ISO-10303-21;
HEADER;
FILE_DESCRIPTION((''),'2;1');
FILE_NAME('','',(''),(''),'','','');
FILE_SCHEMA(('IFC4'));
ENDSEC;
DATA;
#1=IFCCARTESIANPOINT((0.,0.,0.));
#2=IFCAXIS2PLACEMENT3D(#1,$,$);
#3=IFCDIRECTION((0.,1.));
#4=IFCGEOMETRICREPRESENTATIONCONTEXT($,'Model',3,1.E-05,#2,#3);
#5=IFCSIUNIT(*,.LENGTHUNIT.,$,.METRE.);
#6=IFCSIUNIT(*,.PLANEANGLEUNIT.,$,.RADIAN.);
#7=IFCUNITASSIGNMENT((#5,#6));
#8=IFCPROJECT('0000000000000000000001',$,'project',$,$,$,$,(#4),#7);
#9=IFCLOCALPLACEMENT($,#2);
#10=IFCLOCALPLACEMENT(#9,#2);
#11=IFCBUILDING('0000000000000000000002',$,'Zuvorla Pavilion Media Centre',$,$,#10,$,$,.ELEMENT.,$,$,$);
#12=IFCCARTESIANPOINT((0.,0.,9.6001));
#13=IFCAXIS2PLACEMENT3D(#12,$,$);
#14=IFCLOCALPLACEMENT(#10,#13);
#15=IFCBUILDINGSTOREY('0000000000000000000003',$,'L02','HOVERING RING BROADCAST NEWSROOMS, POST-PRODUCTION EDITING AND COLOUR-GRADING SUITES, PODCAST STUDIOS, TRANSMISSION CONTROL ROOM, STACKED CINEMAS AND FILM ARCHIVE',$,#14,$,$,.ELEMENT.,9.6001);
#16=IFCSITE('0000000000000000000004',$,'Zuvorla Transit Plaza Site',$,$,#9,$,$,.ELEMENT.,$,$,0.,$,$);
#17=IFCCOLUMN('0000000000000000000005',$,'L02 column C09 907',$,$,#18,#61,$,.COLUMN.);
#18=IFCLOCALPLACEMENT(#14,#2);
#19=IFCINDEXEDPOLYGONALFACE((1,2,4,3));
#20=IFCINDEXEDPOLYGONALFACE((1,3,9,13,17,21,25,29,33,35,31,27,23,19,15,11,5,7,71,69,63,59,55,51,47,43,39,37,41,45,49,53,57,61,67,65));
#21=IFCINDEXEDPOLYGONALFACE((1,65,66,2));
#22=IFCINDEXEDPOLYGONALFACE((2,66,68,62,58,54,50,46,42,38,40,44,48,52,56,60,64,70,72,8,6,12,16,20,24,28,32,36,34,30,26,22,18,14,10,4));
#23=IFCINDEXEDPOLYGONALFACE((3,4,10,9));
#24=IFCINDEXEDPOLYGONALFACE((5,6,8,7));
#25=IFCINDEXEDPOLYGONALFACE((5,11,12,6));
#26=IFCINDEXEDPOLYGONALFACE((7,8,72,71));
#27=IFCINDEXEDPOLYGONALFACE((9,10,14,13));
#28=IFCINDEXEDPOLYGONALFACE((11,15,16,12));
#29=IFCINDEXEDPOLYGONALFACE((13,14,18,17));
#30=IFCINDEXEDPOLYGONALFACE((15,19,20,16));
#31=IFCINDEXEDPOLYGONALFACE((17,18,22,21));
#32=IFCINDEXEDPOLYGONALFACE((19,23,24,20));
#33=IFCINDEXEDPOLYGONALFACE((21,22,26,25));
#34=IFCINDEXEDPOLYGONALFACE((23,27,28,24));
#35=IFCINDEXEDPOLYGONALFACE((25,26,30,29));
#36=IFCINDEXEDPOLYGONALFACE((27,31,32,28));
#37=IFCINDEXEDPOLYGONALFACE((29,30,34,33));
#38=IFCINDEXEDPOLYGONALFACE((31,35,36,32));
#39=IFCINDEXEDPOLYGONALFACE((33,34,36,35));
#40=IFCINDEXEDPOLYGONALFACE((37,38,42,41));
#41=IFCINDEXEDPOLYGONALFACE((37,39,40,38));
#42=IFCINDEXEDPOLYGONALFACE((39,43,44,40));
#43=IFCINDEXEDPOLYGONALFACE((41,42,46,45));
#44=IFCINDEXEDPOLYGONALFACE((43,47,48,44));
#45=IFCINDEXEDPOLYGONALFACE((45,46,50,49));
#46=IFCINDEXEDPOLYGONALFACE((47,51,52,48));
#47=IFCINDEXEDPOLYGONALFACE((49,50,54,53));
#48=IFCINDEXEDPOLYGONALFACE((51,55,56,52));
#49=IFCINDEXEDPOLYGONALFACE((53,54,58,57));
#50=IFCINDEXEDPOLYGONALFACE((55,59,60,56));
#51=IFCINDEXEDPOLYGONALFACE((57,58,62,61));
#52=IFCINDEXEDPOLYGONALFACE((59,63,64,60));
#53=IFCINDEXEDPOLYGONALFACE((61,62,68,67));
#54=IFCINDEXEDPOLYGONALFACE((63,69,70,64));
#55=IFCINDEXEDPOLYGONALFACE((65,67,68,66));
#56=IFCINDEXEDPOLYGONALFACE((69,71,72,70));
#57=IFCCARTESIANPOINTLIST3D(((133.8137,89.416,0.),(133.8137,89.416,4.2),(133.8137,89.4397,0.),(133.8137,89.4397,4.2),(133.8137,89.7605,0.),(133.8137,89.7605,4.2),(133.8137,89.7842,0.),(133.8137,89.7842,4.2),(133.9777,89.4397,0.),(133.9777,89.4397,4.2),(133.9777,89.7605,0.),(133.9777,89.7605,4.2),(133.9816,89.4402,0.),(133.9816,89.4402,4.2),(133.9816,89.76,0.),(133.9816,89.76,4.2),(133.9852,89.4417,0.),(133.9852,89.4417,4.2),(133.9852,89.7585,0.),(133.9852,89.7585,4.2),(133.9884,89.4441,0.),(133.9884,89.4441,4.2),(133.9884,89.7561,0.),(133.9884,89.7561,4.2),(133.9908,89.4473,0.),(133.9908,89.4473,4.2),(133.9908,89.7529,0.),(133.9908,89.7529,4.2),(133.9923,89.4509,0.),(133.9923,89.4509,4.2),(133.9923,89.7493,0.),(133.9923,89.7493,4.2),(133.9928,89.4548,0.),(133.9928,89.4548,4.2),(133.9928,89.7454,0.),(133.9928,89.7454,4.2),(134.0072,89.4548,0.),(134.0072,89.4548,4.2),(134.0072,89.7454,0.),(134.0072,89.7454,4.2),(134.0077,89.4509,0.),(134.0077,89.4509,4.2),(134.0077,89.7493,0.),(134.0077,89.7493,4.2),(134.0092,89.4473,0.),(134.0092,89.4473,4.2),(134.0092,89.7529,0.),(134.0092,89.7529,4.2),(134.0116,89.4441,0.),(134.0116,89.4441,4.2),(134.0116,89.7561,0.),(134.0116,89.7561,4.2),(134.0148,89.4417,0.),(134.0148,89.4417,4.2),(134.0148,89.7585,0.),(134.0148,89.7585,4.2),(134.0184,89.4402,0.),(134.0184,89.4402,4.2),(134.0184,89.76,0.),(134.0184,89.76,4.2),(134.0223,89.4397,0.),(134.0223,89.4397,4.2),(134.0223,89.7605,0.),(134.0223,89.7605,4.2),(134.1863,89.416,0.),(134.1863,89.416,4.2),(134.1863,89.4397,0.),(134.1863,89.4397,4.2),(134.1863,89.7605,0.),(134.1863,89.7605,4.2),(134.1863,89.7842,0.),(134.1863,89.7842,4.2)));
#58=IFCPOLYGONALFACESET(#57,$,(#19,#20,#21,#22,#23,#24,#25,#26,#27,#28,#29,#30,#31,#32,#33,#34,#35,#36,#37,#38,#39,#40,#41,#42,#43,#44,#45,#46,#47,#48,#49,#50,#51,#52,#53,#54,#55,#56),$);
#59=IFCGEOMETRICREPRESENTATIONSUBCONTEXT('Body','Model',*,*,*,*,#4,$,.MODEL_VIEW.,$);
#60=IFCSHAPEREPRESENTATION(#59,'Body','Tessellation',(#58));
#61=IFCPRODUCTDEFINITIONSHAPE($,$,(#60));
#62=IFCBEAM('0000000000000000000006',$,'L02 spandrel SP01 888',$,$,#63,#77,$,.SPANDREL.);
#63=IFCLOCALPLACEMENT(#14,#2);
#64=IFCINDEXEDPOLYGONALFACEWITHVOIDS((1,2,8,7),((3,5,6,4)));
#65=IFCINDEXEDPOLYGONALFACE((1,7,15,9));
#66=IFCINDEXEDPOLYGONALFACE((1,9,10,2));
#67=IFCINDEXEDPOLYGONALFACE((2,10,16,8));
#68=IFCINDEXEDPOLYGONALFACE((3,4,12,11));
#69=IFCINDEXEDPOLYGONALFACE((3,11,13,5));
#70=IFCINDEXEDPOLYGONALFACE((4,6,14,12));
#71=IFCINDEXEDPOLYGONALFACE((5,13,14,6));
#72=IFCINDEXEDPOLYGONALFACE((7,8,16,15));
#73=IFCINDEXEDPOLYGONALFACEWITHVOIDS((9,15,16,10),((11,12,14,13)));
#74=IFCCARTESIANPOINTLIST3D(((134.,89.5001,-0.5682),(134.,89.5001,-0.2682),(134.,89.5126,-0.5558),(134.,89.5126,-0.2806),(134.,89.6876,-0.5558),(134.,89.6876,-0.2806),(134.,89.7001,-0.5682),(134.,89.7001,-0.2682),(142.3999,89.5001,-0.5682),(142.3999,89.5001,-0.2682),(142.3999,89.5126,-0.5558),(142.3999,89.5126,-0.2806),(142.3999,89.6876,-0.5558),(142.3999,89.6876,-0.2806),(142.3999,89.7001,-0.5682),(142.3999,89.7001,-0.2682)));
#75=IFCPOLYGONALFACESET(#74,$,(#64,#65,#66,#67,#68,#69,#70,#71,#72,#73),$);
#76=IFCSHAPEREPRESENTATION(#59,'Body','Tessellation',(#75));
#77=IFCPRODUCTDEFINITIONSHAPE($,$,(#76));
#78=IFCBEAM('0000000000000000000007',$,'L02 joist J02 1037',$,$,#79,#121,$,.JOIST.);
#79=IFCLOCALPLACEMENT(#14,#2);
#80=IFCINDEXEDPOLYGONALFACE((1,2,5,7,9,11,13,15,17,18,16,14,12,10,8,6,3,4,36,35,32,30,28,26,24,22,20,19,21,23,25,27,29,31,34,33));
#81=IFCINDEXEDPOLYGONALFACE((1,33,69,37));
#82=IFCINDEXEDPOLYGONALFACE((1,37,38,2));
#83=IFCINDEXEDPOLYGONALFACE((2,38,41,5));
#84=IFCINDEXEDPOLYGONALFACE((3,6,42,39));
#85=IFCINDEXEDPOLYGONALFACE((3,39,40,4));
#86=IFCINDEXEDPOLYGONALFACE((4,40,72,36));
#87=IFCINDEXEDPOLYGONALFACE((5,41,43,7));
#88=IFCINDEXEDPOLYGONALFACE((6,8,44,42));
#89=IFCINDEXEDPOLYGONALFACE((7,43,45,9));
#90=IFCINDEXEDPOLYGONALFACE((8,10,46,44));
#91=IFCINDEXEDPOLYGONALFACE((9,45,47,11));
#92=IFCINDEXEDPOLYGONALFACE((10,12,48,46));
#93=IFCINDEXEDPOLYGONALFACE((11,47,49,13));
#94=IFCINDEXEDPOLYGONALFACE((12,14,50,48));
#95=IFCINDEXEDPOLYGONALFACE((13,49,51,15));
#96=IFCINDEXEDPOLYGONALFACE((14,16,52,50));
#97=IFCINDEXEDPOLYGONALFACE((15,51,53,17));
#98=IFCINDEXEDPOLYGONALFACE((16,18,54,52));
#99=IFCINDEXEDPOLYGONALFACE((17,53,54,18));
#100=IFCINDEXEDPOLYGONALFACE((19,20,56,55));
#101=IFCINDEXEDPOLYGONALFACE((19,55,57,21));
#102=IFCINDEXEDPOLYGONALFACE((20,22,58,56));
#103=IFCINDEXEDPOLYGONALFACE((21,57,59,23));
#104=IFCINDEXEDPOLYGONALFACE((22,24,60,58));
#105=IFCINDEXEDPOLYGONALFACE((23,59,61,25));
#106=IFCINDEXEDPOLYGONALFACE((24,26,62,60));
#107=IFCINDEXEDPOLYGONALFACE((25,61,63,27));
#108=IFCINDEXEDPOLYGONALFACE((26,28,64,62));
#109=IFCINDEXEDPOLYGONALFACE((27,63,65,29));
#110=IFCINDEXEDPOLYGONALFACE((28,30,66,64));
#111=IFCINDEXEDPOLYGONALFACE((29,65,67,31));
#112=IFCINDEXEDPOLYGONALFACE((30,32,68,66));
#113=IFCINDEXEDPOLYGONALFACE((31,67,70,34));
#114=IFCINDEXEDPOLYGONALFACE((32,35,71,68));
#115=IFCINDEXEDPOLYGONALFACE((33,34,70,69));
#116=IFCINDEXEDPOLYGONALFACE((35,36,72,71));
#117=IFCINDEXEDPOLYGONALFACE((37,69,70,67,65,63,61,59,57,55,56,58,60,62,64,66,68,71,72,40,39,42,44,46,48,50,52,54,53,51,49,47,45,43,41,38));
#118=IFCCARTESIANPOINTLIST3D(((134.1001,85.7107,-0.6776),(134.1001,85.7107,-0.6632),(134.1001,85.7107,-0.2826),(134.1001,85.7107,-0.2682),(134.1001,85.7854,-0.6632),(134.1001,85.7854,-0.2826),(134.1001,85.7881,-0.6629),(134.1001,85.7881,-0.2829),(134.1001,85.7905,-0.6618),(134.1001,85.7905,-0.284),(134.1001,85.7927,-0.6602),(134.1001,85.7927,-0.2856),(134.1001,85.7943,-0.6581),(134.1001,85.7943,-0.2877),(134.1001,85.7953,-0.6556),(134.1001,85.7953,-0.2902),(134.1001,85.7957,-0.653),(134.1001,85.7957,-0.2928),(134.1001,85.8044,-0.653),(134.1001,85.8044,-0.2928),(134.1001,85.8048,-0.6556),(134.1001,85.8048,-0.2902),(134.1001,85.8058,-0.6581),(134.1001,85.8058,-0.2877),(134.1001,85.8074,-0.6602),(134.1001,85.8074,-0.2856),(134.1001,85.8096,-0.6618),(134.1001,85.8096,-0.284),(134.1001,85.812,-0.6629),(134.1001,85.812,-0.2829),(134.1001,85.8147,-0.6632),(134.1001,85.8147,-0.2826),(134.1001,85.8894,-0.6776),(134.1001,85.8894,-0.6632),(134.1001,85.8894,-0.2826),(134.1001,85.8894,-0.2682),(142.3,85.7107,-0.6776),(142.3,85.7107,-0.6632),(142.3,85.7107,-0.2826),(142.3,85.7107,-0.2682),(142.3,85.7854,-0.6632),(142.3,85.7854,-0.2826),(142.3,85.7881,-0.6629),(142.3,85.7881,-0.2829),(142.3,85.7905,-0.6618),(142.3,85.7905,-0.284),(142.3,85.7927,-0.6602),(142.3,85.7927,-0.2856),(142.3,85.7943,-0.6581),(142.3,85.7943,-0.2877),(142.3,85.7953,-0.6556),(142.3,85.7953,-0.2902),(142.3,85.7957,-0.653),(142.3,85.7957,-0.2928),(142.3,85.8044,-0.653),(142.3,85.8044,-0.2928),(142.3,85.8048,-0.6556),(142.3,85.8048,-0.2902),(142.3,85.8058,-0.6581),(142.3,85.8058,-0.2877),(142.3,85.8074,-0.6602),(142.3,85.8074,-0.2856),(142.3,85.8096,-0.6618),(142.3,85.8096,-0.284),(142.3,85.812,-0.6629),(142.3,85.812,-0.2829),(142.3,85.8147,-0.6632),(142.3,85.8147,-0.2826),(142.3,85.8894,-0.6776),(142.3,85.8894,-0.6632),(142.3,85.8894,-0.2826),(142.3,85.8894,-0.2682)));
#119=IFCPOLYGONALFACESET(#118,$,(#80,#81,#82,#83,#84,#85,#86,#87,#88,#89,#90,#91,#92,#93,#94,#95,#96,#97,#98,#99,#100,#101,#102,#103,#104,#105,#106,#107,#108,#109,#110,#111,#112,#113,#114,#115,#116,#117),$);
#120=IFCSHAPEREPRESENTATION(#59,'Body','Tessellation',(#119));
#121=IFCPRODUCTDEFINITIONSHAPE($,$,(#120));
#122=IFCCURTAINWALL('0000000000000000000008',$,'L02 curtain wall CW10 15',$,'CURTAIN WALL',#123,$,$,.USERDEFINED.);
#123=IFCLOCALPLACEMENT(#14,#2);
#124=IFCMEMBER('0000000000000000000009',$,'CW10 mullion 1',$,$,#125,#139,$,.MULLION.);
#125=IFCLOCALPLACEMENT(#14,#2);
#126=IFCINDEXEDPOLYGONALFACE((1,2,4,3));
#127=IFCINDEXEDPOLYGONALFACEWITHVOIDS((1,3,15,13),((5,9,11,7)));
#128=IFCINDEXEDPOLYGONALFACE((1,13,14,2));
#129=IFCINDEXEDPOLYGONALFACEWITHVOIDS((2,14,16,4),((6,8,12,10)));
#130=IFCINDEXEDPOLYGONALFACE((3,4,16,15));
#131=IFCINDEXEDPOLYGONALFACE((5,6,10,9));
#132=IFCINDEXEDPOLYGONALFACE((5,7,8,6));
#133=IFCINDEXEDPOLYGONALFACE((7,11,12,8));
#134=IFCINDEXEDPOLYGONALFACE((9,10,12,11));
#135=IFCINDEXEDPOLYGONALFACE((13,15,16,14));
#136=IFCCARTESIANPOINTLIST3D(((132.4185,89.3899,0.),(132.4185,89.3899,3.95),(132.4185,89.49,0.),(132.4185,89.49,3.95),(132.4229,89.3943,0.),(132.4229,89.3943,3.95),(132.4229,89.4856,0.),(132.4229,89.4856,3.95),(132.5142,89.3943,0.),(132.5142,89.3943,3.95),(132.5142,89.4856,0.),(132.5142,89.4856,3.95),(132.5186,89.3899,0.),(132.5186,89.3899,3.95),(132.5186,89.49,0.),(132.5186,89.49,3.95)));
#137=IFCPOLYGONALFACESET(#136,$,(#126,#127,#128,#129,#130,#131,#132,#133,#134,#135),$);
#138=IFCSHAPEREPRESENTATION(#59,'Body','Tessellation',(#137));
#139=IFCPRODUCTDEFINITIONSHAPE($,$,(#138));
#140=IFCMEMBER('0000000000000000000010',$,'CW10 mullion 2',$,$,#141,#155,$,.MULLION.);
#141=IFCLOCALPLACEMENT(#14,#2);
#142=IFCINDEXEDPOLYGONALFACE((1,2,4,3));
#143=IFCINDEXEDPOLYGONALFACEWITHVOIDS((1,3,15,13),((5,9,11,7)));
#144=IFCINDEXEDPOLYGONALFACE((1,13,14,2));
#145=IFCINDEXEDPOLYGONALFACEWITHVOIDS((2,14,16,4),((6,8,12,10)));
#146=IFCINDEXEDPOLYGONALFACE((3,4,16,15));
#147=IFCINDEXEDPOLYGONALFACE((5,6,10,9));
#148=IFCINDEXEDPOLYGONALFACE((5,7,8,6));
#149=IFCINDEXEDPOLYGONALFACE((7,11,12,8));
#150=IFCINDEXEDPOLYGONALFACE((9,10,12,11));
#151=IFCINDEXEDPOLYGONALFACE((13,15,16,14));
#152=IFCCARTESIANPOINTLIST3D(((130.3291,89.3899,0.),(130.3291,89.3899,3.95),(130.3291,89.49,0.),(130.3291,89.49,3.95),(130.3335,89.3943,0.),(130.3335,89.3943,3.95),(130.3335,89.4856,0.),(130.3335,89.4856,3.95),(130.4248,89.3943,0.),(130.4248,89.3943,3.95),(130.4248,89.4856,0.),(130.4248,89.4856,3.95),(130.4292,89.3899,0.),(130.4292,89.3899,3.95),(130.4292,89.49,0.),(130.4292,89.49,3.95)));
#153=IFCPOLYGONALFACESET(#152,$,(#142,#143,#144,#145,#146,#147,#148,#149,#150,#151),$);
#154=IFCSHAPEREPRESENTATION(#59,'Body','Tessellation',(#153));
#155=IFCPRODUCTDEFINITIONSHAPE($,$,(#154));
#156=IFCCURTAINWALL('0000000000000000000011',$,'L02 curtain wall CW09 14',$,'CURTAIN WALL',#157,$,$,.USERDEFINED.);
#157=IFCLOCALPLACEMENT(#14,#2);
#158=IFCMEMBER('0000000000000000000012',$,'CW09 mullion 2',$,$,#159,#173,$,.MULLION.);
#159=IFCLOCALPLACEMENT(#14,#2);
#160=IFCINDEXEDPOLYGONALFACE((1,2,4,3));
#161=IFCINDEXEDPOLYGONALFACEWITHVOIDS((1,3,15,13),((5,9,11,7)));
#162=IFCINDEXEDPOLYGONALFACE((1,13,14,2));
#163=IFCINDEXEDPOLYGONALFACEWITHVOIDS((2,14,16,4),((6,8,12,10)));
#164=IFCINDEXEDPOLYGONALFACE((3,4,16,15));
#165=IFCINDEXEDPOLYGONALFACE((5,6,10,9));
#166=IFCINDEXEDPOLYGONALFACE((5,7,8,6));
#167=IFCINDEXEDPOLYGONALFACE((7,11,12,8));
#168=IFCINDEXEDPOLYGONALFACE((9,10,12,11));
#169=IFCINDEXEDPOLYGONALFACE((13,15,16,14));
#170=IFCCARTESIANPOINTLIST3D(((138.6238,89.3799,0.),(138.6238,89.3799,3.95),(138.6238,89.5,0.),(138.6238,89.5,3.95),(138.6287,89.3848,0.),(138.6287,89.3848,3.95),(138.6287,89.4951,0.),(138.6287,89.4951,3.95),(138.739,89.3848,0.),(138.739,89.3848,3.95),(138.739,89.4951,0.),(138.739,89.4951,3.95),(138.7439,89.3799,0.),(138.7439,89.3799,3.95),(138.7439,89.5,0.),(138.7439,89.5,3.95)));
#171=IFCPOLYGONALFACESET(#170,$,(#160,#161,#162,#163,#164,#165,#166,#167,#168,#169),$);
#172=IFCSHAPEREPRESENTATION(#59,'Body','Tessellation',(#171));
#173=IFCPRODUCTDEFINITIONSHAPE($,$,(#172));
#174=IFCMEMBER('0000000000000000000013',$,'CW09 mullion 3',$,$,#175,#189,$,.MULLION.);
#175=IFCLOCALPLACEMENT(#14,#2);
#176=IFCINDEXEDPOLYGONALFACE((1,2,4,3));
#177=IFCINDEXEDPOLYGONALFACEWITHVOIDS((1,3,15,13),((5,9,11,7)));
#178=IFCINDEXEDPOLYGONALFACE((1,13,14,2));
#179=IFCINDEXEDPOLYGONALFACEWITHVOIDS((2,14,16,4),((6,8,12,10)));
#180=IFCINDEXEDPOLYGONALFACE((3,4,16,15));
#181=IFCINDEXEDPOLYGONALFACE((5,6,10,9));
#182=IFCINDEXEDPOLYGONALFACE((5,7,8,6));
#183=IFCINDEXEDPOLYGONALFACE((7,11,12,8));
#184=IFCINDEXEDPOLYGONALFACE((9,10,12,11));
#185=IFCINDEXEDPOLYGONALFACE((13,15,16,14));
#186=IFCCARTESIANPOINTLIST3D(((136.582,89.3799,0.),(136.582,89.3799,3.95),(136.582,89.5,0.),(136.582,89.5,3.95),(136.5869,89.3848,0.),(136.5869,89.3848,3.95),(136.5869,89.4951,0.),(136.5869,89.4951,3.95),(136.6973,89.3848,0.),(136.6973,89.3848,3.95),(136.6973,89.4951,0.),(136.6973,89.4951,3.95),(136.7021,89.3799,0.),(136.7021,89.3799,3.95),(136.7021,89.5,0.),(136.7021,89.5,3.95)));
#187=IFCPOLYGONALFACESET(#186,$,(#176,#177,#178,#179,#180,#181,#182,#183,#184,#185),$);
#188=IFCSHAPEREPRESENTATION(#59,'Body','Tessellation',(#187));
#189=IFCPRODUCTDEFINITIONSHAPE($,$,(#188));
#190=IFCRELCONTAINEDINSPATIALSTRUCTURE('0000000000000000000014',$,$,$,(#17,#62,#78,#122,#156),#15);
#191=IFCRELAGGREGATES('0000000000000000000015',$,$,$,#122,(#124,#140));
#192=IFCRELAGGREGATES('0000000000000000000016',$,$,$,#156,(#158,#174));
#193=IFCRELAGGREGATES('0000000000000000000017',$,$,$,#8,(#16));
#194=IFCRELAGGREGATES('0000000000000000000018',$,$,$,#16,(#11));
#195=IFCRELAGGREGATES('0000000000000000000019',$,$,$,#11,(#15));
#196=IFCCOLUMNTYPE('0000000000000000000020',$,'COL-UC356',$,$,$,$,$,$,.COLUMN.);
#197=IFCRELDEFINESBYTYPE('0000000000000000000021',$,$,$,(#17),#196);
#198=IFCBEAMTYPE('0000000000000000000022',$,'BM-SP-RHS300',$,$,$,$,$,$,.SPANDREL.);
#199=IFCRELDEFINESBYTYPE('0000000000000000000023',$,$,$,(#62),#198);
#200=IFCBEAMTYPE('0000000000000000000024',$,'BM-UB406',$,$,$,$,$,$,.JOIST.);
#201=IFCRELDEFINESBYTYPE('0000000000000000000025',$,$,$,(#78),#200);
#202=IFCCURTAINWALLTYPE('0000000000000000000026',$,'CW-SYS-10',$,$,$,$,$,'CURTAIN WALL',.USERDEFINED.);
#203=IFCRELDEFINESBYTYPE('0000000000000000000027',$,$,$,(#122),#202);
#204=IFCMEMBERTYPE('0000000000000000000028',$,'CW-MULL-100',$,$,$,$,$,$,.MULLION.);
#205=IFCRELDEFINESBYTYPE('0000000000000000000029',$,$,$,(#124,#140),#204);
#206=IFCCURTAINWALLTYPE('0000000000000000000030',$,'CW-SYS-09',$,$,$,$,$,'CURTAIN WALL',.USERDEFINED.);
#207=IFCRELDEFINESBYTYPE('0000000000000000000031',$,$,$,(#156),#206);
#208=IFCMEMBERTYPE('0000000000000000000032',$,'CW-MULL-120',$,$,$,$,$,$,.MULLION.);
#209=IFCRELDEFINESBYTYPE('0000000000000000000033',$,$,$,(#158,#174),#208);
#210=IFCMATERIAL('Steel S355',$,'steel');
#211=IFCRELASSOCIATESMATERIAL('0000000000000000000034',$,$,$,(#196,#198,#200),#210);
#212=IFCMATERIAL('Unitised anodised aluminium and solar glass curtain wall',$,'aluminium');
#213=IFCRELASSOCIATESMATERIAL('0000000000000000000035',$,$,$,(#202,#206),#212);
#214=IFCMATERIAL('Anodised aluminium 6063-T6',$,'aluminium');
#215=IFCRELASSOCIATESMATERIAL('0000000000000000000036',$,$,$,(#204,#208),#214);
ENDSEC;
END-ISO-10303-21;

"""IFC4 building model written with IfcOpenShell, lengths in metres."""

from ifc_helpers import new_model, si_unit, direction, frame, origin, origin_2d, place, context, subcontext, project, spatial, hollow_rectangle, i_section, extrude, material, material_profile, profile_set, type_object, element, aggregate, save


model = new_model("IFC4")

# Units and contexts
model_context = context("Model", 3, precision=1e-05, world=origin(), true_north=direction((0.0, 1.0)))
body_context = subcontext(model_context, "Body", "Model", "MODEL_VIEW")
ifc_project = project(units=[si_unit("LENGTHUNIT", "METRE"), si_unit("PLANEANGLEUNIT", "RADIAN")], contexts=[model_context])

# Site, building, storey
site_placement = place(None, origin())
site = spatial("IfcSite", under=ifc_project, at=site_placement, Name="Zuvorla Transit Plaza Site", CompositionType="ELEMENT", RefElevation=0.0)
building_placement = place(site_placement, origin())
building = spatial("IfcBuilding", under=site, at=building_placement, Name="Zuvorla Pavilion Media Centre", CompositionType="ELEMENT")
storey_placement = place(building_placement, frame((0.0, 0.0, 9.6001)))
storey = spatial("IfcBuildingStorey", under=building, at=storey_placement, Name="L02", Description="HOVERING RING BROADCAST NEWSROOMS, POST-PRODUCTION EDITING AND COLOUR-GRADING SUITES, PODCAST STUDIOS, TRANSMISSION CONTROL ROOM, STACKED CINEMAS AND FILM ARCHIVE", CompositionType="ELEMENT", Elevation=9.6001)

# Column
ifc_material_1 = material(Name="Steel S355", Category="steel")
ifc_material_profile_1 = material_profile(ifc_material_1, i_section(OverallWidth=0.3726, OverallDepth=0.3682, WebThickness=0.0144, FlangeThickness=0.0237, FilletRadius=0.0151, at=origin_2d()), Name="UC 356x368x177")
ifc_profile_set_1 = profile_set([ifc_material_profile_1], Name="Steel S355")
column_type = type_object("IfcColumnType", Name="COL-UC356", PredefinedType="COLUMN", material=ifc_profile_set_1)
column_placement = place(storey_placement, frame((134.0, 89.6001, 0.0), z_axis=(0.0, 0.0, 1.0), x_axis=(1.0, 0.0, 0.0)))
element("IfcColumn", 1, at=column_placement, inside=storey, type_object=column_type, Name="L02 column C09 907", PredefinedType="COLUMN", context=body_context, shape_type="SweptSolid", body=[
    extrude(i_section(OverallWidth=0.3726, OverallDepth=0.3682, WebThickness=0.0144, FlangeThickness=0.0237, FilletRadius=0.0151, at=origin_2d()), origin(), (0.0, 0.0, 1.0), 4.2),
])

# Beams
ifc_material_profile_2 = material_profile(ifc_material_1, hollow_rectangle(XDim=0.2, YDim=0.3, WallThickness=0.0125, at=origin_2d()), Name="RHS 300x200x12.5")
ifc_profile_set_2 = profile_set([ifc_material_profile_2], Name="Steel S355")
beam_type_1 = type_object("IfcBeamType", Name="BM-SP-RHS300", PredefinedType="SPANDREL", material=ifc_profile_set_2)
beam_1_placement = place(storey_placement, frame((134.0, 89.6001, -0.4182), z_axis=(1.0, 0.0, 0.0), x_axis=(0.0, 1.0, 0.0)))
element("IfcBeam", 2, at=beam_1_placement, inside=storey, type_object=beam_type_1, Name="L02 spandrel SP01 888", PredefinedType="SPANDREL", context=body_context, shape_type="SweptSolid", body=[
    extrude(hollow_rectangle(XDim=0.2, YDim=0.3, WallThickness=0.0125, at=origin_2d()), origin(), (0.0, 0.0, 1.0), 8.3999),
])
ifc_material_profile_3 = material_profile(ifc_material_1, i_section(OverallWidth=0.1787, OverallDepth=0.4094, WebThickness=0.0088, FlangeThickness=0.0144, FilletRadius=0.0103, at=origin_2d()), Name="UB 406x178x67")
ifc_profile_set_3 = profile_set([ifc_material_profile_3], Name="Steel S355")
beam_type_2 = type_object("IfcBeamType", Name="BM-UB406", PredefinedType="JOIST", material=ifc_profile_set_3)
beam_2_placement = place(storey_placement, frame((134.1001, 85.8, -0.4729), z_axis=(1.0, 0.0, 0.0), x_axis=(0.0, 1.0, 0.0)))
element("IfcBeam", 3, at=beam_2_placement, inside=storey, type_object=beam_type_2, Name="L02 joist J02 1037", PredefinedType="JOIST", context=body_context, shape_type="SweptSolid", body=[
    extrude(i_section(OverallWidth=0.1787, OverallDepth=0.4094, WebThickness=0.0088, FlangeThickness=0.0144, FilletRadius=0.0103, at=origin_2d()), origin(), (0.0, 0.0, 1.0), 8.2),
])

# Curtain walls, members
ifc_material_2 = material(Name="Unitised anodised aluminium and solar glass curtain wall", Category="aluminium")
curtain_wall_type_1 = type_object("IfcCurtainWallType", Name="CW-SYS-10", ElementType="CURTAIN WALL", PredefinedType="USERDEFINED", material=ifc_material_2)
curtain_wall_1_placement = place(storey_placement, origin())
curtain_wall_1 = element("IfcCurtainWall", 4, at=curtain_wall_1_placement, inside=storey, type_object=curtain_wall_type_1, Name="L02 curtain wall CW10 15", ObjectType="CURTAIN WALL", PredefinedType="USERDEFINED")
ifc_material_3 = material(Name="Anodised aluminium 6063-T6", Category="aluminium")
ifc_material_profile_4 = material_profile(ifc_material_3, hollow_rectangle(XDim=0.1001, YDim=0.1001, WallThickness=0.0044, at=origin_2d()), Name="ALU MULL 100x100")
ifc_profile_set_4 = profile_set([ifc_material_profile_4], Name="Anodised aluminium 6063-T6")
member_type_1 = type_object("IfcMemberType", Name="CW-MULL-100", PredefinedType="MULLION", material=ifc_profile_set_4)
member_1_placement = place(storey_placement, frame((132.4685, 89.4399, 0.0), z_axis=(0.0, 0.0, 1.0), x_axis=(1.0, 0.0, 0.0)))
member_1 = element("IfcMember", 5, at=member_1_placement, type_object=member_type_1, Name="CW10 mullion 1", PredefinedType="MULLION", context=body_context, shape_type="SweptSolid", body=[
    extrude(hollow_rectangle(XDim=0.1001, YDim=0.1001, WallThickness=0.0044, at=origin_2d()), origin(), (0.0, 0.0, 1.0), 3.95),
])
member_2_placement = place(storey_placement, frame((130.3792, 89.4399, 0.0), z_axis=(0.0, 0.0, 1.0), x_axis=(1.0, 0.0, 0.0)))
member_2 = element("IfcMember", 6, at=member_2_placement, type_object=member_type_1, Name="CW10 mullion 2", PredefinedType="MULLION", context=body_context, shape_type="SweptSolid", body=[
    extrude(hollow_rectangle(XDim=0.1001, YDim=0.1001, WallThickness=0.0044, at=origin_2d()), origin(), (0.0, 0.0, 1.0), 3.95),
])
curtain_wall_type_2 = type_object("IfcCurtainWallType", Name="CW-SYS-09", ElementType="CURTAIN WALL", PredefinedType="USERDEFINED", material=ifc_material_2)
curtain_wall_2_placement = place(storey_placement, origin())
curtain_wall_2 = element("IfcCurtainWall", 7, at=curtain_wall_2_placement, inside=storey, type_object=curtain_wall_type_2, Name="L02 curtain wall CW09 14", ObjectType="CURTAIN WALL", PredefinedType="USERDEFINED")
ifc_material_profile_5 = material_profile(ifc_material_3, hollow_rectangle(XDim=0.1201, YDim=0.1201, WallThickness=0.0049, at=origin_2d()), Name="ALU MULL 120x120")
ifc_profile_set_5 = profile_set([ifc_material_profile_5], Name="Anodised aluminium 6063-T6")
member_type_2 = type_object("IfcMemberType", Name="CW-MULL-120", PredefinedType="MULLION", material=ifc_profile_set_5)
member_3_placement = place(storey_placement, frame((138.6838, 89.4399, 0.0), z_axis=(0.0, 0.0, 1.0), x_axis=(1.0, 0.0, 0.0)))
member_3 = element("IfcMember", 8, at=member_3_placement, type_object=member_type_2, Name="CW09 mullion 2", PredefinedType="MULLION", context=body_context, shape_type="SweptSolid", body=[
    extrude(hollow_rectangle(XDim=0.1201, YDim=0.1201, WallThickness=0.0049, at=origin_2d()), origin(), (0.0, 0.0, 1.0), 3.95),
])
member_4_placement = place(storey_placement, frame((136.6421, 89.4399, 0.0), z_axis=(0.0, 0.0, 1.0), x_axis=(1.0, 0.0, 0.0)))
member_4 = element("IfcMember", 9, at=member_4_placement, type_object=member_type_2, Name="CW09 mullion 3", PredefinedType="MULLION", context=body_context, shape_type="SweptSolid", body=[
    extrude(hollow_rectangle(XDim=0.1201, YDim=0.1201, WallThickness=0.0049, at=origin_2d()), origin(), (0.0, 0.0, 1.0), 3.95),
])

aggregate(curtain_wall_1, [member_1, member_2])
aggregate(curtain_wall_2, [member_3, member_4])

save(model, "model.ifc")
